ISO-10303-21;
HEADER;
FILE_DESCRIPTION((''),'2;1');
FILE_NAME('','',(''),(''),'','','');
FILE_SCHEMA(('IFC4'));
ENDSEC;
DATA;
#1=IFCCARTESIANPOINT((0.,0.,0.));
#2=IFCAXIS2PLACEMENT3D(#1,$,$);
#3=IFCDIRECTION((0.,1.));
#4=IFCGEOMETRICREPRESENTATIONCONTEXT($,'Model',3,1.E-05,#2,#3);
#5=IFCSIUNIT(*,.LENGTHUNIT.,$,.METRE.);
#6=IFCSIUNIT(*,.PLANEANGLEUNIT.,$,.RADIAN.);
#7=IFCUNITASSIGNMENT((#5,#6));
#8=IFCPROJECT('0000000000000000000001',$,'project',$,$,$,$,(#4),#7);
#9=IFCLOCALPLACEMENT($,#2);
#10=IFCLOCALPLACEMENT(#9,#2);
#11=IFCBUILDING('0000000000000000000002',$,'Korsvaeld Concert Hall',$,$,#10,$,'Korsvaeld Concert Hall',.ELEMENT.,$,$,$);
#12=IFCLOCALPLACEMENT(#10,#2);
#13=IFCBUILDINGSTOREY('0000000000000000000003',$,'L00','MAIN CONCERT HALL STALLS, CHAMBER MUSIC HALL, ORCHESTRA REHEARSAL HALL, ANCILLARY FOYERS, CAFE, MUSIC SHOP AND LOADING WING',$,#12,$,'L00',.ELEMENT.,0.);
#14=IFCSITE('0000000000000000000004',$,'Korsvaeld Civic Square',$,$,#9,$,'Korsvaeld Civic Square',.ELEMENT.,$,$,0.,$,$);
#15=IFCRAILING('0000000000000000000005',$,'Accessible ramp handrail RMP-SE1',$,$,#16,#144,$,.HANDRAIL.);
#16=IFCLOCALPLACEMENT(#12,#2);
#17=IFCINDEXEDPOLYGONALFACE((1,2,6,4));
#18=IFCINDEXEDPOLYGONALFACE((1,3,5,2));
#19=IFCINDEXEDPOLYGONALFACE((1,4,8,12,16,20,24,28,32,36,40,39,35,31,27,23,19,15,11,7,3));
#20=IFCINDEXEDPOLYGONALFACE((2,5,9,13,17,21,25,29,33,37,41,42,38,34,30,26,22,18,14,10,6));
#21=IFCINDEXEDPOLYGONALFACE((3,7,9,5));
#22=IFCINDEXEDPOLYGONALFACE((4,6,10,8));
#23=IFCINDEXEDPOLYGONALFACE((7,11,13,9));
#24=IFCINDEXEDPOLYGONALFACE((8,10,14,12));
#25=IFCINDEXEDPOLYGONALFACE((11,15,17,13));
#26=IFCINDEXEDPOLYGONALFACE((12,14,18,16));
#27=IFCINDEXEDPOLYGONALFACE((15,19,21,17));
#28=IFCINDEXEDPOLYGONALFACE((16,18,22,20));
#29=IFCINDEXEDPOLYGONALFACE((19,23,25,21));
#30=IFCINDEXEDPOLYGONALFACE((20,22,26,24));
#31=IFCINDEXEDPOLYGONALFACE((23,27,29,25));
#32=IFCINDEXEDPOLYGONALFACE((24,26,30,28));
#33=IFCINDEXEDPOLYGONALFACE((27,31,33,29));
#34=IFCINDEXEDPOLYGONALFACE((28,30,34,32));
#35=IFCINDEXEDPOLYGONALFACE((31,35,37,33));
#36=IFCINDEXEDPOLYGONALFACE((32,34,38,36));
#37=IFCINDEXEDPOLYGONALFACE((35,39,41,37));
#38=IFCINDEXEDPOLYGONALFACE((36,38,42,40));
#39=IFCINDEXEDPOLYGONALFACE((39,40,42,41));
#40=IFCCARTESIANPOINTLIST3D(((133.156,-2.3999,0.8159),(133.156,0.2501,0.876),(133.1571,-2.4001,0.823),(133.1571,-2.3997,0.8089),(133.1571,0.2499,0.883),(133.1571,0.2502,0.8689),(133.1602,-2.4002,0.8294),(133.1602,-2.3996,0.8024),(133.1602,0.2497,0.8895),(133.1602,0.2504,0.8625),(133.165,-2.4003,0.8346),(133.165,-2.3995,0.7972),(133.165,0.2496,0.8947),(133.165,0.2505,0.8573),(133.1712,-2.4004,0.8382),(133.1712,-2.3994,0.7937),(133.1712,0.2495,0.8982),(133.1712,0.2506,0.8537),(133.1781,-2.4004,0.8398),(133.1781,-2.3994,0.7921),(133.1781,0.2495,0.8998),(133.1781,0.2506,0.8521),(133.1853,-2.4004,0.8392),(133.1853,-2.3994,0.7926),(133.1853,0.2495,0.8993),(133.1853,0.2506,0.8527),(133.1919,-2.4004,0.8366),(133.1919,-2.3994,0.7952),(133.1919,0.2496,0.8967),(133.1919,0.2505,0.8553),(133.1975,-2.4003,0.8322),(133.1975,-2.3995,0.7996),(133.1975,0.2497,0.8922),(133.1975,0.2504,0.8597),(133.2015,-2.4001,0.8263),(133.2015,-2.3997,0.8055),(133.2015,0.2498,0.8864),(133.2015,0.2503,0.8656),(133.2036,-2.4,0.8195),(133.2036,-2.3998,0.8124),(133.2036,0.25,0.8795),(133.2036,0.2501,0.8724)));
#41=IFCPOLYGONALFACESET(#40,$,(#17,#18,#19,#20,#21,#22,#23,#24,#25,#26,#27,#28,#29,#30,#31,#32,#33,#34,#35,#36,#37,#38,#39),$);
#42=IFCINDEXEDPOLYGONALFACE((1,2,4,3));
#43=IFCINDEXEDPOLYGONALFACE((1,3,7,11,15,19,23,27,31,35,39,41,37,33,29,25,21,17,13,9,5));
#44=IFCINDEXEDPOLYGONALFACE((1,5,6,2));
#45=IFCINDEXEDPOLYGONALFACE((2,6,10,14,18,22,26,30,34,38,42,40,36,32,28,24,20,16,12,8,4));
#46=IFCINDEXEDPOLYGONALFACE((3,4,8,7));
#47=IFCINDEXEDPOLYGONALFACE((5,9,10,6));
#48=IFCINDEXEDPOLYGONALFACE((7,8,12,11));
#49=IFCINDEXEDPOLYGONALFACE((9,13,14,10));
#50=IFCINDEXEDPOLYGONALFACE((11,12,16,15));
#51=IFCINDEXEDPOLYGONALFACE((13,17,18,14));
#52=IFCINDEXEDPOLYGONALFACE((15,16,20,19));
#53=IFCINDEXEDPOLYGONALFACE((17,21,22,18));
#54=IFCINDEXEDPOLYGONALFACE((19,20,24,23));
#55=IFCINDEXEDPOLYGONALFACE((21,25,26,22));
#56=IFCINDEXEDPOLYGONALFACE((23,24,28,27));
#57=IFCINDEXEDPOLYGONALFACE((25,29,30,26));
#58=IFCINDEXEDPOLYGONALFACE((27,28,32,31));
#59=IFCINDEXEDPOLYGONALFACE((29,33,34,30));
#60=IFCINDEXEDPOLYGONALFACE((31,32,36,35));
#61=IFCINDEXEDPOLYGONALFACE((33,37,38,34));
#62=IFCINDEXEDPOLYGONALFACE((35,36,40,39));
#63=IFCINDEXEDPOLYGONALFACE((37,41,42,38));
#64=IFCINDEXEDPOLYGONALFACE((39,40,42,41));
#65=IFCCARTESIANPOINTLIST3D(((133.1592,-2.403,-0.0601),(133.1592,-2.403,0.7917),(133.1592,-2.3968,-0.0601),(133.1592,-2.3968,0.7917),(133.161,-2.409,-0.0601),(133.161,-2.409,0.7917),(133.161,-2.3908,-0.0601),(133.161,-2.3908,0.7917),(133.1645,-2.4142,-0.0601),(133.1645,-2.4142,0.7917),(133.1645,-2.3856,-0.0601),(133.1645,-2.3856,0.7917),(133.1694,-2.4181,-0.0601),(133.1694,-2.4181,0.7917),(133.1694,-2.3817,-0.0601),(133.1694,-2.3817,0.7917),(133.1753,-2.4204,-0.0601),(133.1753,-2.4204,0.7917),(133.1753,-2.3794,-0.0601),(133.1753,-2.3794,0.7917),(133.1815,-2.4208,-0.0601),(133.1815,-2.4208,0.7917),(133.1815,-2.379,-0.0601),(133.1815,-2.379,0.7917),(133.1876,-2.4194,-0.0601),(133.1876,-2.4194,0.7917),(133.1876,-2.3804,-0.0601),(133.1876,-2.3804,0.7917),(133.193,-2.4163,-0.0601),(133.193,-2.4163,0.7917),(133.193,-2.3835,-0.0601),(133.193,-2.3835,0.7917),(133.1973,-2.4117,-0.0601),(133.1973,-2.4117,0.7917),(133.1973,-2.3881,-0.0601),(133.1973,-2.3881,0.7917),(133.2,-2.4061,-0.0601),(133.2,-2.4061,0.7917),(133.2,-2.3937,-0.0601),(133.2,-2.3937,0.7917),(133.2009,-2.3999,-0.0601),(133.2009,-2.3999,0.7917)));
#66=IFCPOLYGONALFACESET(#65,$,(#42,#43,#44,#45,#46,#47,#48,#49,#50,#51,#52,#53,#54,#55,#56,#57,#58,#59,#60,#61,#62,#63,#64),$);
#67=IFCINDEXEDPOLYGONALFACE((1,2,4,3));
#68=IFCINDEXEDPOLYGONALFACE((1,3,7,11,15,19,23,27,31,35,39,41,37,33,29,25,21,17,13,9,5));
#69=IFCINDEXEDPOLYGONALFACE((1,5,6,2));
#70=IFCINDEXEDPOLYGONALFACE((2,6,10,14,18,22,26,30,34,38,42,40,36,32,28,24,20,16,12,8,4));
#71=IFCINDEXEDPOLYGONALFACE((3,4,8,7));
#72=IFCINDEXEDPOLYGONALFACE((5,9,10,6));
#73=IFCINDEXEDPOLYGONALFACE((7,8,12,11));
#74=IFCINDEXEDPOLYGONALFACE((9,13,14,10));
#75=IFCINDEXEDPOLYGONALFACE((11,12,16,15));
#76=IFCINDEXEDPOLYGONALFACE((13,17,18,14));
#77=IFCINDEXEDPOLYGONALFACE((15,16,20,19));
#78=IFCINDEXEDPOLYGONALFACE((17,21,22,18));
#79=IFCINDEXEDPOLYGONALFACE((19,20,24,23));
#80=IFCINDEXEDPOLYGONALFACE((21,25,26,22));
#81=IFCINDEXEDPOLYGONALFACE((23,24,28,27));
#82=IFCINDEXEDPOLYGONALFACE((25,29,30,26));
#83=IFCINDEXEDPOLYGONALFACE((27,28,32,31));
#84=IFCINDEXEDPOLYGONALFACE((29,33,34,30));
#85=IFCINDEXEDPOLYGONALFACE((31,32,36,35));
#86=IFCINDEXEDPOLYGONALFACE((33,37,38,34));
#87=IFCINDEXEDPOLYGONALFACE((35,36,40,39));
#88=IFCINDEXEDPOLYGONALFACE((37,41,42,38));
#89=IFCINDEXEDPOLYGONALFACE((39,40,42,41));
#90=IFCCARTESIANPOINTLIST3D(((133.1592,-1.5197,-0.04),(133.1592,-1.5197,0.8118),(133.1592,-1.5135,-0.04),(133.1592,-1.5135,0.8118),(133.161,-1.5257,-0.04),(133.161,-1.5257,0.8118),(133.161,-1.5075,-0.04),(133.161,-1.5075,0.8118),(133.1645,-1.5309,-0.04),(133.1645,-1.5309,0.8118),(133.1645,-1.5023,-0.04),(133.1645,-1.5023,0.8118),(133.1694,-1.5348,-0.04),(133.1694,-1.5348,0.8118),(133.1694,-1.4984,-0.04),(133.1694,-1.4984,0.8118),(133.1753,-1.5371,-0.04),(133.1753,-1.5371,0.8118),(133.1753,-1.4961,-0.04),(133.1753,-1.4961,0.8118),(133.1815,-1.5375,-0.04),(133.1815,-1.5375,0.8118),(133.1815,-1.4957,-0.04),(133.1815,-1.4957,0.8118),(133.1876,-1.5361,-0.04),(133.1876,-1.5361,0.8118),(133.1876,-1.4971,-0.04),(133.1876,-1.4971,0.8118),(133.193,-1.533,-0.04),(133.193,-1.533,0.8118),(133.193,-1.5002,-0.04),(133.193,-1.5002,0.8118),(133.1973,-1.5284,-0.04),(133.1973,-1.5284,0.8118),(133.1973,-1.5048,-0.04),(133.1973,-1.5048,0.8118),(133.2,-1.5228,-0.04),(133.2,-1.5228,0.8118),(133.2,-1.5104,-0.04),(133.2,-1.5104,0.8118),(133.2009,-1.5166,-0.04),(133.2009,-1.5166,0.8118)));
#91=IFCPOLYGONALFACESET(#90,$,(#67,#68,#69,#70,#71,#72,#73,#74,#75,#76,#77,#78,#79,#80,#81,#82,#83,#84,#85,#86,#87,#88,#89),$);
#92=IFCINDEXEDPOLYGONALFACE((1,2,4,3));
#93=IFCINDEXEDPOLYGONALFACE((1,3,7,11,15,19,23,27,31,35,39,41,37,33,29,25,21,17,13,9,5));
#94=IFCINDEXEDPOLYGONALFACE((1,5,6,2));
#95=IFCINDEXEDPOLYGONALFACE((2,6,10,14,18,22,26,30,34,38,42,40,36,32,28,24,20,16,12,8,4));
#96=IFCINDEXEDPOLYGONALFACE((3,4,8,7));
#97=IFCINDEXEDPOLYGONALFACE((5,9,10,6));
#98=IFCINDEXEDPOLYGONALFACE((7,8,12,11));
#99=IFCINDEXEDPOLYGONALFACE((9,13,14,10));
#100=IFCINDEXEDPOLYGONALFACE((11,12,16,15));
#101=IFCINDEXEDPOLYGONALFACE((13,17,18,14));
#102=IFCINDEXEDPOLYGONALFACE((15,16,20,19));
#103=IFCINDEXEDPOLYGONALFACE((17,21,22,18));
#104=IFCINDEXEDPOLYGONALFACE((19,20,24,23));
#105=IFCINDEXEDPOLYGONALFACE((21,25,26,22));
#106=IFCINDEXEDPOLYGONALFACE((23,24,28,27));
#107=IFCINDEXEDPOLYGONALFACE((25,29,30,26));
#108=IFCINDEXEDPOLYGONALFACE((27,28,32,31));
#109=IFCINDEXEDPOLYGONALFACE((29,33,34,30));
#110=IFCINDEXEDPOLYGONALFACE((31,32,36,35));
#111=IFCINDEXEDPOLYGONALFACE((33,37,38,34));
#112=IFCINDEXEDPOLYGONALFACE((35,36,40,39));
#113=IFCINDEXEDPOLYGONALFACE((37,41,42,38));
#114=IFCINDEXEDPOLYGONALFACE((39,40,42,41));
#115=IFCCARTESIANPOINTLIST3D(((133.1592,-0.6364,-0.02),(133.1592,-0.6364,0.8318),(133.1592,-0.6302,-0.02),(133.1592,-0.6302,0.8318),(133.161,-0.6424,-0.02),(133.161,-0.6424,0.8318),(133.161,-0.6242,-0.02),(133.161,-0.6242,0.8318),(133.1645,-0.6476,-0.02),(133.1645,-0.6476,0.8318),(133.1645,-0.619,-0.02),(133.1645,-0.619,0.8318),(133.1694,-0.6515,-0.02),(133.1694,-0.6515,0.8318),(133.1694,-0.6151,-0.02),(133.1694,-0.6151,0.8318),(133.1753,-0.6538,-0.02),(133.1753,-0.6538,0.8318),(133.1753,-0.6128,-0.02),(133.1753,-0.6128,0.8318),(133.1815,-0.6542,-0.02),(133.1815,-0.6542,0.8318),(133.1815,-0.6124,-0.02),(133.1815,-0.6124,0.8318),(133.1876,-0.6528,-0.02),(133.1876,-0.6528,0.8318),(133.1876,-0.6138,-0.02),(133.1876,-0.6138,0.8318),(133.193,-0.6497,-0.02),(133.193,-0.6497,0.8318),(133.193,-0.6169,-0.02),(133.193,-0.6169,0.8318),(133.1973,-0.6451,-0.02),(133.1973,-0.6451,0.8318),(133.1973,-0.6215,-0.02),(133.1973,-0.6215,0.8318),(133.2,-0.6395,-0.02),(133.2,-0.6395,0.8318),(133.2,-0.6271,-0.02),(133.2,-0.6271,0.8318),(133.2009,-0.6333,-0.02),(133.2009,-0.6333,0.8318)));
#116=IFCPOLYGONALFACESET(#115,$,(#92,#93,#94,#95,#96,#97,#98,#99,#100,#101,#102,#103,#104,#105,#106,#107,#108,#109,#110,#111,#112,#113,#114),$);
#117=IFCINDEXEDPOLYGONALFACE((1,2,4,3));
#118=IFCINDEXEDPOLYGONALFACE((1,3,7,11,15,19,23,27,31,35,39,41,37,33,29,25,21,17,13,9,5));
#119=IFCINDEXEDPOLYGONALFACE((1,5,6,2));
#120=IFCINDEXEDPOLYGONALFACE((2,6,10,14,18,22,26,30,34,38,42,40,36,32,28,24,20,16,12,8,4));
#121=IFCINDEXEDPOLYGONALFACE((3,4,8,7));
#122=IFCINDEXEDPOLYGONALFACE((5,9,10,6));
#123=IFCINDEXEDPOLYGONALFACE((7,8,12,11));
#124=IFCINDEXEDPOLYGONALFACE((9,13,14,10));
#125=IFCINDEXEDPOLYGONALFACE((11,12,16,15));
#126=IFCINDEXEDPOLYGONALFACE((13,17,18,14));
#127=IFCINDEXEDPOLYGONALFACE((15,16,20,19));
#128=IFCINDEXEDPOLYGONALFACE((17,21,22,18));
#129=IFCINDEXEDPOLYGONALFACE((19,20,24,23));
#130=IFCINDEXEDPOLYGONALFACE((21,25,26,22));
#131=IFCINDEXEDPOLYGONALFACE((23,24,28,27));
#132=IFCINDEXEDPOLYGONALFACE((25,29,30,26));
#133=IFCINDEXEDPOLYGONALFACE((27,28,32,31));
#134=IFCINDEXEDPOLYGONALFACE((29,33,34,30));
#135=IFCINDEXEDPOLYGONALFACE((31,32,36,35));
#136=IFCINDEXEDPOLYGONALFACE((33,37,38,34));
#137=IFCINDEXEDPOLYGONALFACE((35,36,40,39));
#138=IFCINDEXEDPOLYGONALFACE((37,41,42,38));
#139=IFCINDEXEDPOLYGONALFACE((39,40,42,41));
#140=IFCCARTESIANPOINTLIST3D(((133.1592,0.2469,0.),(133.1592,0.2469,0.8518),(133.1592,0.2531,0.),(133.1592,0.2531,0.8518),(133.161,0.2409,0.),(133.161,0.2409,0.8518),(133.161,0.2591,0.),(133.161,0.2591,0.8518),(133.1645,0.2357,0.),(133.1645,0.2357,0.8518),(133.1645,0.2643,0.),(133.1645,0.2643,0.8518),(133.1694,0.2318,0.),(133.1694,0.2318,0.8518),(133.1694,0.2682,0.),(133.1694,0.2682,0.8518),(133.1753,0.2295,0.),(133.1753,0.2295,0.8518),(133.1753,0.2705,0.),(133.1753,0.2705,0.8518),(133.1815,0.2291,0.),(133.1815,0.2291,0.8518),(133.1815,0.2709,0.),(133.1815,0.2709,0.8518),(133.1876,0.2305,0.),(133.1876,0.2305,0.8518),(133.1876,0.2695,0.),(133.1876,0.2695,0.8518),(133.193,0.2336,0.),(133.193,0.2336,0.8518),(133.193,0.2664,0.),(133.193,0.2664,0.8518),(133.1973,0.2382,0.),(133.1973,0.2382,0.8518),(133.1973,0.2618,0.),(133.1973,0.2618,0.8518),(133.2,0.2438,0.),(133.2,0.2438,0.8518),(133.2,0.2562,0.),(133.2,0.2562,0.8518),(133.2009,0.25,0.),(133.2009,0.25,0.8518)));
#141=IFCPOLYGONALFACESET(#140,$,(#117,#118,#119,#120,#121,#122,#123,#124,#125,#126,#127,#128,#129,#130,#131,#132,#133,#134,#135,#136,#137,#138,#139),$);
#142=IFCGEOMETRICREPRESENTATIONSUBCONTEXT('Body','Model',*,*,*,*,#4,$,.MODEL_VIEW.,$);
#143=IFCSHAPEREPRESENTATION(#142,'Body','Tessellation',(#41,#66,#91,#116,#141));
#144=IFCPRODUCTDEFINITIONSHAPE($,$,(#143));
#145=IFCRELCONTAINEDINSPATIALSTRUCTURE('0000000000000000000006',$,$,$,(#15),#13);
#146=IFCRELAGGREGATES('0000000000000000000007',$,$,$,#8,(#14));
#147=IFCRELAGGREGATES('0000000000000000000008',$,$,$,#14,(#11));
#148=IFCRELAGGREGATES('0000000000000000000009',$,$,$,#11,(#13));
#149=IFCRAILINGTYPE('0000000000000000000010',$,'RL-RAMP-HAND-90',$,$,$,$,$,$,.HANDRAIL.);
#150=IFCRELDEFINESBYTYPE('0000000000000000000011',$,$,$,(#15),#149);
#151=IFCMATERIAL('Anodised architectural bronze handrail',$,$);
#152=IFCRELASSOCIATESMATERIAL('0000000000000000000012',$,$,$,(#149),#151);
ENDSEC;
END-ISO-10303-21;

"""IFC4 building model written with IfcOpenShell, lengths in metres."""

from ifc_helpers import new_model, si_unit, direction, frame, origin, origin_2d, place, context, subcontext, project, spatial, circle, extrude, material, type_object, element, save


model = new_model("IFC4")

# Units and contexts
model_context = context("Model", 3, precision=1e-05, world=origin(), true_north=direction((0.0, 1.0)))
body_context = subcontext(model_context, "Body", "Model", "MODEL_VIEW")
ifc_project = project(units=[si_unit("LENGTHUNIT", "METRE"), si_unit("PLANEANGLEUNIT", "RADIAN")], contexts=[model_context])

# Site, building, storey
site_placement = place(None, origin())
site = spatial("IfcSite", under=ifc_project, at=site_placement, Name="Korsvaeld Civic Square", LongName="Korsvaeld Civic Square", CompositionType="ELEMENT", RefElevation=0.0)
building_placement = place(site_placement, origin())
building = spatial("IfcBuilding", under=site, at=building_placement, Name="Korsvaeld Concert Hall", LongName="Korsvaeld Concert Hall", CompositionType="ELEMENT")
storey_placement = place(building_placement, origin())
storey = spatial("IfcBuildingStorey", under=building, at=storey_placement, Name="L00", Description="MAIN CONCERT HALL STALLS, CHAMBER MUSIC HALL, ORCHESTRA REHEARSAL HALL, ANCILLARY FOYERS, CAFE, MUSIC SHOP AND LOADING WING", LongName="L00", CompositionType="ELEMENT", Elevation=0.0)

# Railing
ifc_material_1 = material(Name="Anodised architectural bronze handrail")
railing_type = type_object("IfcRailingType", Name="RL-RAMP-HAND-90", PredefinedType="HANDRAIL", material=ifc_material_1)
railing_placement = place(storey_placement, frame((133.1799, -2.3999, -0.0601)))
element("IfcRailing", 1, at=railing_placement, inside=storey, type_object=railing_type, Name="Accessible ramp handrail RMP-SE1", PredefinedType="HANDRAIL", context=body_context, shape_type="SweptSolid", body=[
    extrude(circle(Radius=0.0239, at=origin_2d()), frame((0.0, 0.0, 0.876), z_axis=(0.0, 0.999743, 0.022659), x_axis=(-1.0, 0.0, 0.0)), (0.0, 0.0, 1.0), 2.6506),
    extrude(circle(Radius=0.021, at=origin_2d()), origin(), (0.0, 0.0, 1.0), 0.8518),
    extrude(circle(Radius=0.021, at=origin_2d()), frame((0.0, 0.8833, 0.02)), (0.0, 0.0, 1.0), 0.8518),
    extrude(circle(Radius=0.021, at=origin_2d()), frame((0.0, 1.7666, 0.04)), (0.0, 0.0, 1.0), 0.8518),
    extrude(circle(Radius=0.021, at=origin_2d()), frame((0.0, 2.6499, 0.0601)), (0.0, 0.0, 1.0), 0.8518),
])

save(model, "model.ifc")
